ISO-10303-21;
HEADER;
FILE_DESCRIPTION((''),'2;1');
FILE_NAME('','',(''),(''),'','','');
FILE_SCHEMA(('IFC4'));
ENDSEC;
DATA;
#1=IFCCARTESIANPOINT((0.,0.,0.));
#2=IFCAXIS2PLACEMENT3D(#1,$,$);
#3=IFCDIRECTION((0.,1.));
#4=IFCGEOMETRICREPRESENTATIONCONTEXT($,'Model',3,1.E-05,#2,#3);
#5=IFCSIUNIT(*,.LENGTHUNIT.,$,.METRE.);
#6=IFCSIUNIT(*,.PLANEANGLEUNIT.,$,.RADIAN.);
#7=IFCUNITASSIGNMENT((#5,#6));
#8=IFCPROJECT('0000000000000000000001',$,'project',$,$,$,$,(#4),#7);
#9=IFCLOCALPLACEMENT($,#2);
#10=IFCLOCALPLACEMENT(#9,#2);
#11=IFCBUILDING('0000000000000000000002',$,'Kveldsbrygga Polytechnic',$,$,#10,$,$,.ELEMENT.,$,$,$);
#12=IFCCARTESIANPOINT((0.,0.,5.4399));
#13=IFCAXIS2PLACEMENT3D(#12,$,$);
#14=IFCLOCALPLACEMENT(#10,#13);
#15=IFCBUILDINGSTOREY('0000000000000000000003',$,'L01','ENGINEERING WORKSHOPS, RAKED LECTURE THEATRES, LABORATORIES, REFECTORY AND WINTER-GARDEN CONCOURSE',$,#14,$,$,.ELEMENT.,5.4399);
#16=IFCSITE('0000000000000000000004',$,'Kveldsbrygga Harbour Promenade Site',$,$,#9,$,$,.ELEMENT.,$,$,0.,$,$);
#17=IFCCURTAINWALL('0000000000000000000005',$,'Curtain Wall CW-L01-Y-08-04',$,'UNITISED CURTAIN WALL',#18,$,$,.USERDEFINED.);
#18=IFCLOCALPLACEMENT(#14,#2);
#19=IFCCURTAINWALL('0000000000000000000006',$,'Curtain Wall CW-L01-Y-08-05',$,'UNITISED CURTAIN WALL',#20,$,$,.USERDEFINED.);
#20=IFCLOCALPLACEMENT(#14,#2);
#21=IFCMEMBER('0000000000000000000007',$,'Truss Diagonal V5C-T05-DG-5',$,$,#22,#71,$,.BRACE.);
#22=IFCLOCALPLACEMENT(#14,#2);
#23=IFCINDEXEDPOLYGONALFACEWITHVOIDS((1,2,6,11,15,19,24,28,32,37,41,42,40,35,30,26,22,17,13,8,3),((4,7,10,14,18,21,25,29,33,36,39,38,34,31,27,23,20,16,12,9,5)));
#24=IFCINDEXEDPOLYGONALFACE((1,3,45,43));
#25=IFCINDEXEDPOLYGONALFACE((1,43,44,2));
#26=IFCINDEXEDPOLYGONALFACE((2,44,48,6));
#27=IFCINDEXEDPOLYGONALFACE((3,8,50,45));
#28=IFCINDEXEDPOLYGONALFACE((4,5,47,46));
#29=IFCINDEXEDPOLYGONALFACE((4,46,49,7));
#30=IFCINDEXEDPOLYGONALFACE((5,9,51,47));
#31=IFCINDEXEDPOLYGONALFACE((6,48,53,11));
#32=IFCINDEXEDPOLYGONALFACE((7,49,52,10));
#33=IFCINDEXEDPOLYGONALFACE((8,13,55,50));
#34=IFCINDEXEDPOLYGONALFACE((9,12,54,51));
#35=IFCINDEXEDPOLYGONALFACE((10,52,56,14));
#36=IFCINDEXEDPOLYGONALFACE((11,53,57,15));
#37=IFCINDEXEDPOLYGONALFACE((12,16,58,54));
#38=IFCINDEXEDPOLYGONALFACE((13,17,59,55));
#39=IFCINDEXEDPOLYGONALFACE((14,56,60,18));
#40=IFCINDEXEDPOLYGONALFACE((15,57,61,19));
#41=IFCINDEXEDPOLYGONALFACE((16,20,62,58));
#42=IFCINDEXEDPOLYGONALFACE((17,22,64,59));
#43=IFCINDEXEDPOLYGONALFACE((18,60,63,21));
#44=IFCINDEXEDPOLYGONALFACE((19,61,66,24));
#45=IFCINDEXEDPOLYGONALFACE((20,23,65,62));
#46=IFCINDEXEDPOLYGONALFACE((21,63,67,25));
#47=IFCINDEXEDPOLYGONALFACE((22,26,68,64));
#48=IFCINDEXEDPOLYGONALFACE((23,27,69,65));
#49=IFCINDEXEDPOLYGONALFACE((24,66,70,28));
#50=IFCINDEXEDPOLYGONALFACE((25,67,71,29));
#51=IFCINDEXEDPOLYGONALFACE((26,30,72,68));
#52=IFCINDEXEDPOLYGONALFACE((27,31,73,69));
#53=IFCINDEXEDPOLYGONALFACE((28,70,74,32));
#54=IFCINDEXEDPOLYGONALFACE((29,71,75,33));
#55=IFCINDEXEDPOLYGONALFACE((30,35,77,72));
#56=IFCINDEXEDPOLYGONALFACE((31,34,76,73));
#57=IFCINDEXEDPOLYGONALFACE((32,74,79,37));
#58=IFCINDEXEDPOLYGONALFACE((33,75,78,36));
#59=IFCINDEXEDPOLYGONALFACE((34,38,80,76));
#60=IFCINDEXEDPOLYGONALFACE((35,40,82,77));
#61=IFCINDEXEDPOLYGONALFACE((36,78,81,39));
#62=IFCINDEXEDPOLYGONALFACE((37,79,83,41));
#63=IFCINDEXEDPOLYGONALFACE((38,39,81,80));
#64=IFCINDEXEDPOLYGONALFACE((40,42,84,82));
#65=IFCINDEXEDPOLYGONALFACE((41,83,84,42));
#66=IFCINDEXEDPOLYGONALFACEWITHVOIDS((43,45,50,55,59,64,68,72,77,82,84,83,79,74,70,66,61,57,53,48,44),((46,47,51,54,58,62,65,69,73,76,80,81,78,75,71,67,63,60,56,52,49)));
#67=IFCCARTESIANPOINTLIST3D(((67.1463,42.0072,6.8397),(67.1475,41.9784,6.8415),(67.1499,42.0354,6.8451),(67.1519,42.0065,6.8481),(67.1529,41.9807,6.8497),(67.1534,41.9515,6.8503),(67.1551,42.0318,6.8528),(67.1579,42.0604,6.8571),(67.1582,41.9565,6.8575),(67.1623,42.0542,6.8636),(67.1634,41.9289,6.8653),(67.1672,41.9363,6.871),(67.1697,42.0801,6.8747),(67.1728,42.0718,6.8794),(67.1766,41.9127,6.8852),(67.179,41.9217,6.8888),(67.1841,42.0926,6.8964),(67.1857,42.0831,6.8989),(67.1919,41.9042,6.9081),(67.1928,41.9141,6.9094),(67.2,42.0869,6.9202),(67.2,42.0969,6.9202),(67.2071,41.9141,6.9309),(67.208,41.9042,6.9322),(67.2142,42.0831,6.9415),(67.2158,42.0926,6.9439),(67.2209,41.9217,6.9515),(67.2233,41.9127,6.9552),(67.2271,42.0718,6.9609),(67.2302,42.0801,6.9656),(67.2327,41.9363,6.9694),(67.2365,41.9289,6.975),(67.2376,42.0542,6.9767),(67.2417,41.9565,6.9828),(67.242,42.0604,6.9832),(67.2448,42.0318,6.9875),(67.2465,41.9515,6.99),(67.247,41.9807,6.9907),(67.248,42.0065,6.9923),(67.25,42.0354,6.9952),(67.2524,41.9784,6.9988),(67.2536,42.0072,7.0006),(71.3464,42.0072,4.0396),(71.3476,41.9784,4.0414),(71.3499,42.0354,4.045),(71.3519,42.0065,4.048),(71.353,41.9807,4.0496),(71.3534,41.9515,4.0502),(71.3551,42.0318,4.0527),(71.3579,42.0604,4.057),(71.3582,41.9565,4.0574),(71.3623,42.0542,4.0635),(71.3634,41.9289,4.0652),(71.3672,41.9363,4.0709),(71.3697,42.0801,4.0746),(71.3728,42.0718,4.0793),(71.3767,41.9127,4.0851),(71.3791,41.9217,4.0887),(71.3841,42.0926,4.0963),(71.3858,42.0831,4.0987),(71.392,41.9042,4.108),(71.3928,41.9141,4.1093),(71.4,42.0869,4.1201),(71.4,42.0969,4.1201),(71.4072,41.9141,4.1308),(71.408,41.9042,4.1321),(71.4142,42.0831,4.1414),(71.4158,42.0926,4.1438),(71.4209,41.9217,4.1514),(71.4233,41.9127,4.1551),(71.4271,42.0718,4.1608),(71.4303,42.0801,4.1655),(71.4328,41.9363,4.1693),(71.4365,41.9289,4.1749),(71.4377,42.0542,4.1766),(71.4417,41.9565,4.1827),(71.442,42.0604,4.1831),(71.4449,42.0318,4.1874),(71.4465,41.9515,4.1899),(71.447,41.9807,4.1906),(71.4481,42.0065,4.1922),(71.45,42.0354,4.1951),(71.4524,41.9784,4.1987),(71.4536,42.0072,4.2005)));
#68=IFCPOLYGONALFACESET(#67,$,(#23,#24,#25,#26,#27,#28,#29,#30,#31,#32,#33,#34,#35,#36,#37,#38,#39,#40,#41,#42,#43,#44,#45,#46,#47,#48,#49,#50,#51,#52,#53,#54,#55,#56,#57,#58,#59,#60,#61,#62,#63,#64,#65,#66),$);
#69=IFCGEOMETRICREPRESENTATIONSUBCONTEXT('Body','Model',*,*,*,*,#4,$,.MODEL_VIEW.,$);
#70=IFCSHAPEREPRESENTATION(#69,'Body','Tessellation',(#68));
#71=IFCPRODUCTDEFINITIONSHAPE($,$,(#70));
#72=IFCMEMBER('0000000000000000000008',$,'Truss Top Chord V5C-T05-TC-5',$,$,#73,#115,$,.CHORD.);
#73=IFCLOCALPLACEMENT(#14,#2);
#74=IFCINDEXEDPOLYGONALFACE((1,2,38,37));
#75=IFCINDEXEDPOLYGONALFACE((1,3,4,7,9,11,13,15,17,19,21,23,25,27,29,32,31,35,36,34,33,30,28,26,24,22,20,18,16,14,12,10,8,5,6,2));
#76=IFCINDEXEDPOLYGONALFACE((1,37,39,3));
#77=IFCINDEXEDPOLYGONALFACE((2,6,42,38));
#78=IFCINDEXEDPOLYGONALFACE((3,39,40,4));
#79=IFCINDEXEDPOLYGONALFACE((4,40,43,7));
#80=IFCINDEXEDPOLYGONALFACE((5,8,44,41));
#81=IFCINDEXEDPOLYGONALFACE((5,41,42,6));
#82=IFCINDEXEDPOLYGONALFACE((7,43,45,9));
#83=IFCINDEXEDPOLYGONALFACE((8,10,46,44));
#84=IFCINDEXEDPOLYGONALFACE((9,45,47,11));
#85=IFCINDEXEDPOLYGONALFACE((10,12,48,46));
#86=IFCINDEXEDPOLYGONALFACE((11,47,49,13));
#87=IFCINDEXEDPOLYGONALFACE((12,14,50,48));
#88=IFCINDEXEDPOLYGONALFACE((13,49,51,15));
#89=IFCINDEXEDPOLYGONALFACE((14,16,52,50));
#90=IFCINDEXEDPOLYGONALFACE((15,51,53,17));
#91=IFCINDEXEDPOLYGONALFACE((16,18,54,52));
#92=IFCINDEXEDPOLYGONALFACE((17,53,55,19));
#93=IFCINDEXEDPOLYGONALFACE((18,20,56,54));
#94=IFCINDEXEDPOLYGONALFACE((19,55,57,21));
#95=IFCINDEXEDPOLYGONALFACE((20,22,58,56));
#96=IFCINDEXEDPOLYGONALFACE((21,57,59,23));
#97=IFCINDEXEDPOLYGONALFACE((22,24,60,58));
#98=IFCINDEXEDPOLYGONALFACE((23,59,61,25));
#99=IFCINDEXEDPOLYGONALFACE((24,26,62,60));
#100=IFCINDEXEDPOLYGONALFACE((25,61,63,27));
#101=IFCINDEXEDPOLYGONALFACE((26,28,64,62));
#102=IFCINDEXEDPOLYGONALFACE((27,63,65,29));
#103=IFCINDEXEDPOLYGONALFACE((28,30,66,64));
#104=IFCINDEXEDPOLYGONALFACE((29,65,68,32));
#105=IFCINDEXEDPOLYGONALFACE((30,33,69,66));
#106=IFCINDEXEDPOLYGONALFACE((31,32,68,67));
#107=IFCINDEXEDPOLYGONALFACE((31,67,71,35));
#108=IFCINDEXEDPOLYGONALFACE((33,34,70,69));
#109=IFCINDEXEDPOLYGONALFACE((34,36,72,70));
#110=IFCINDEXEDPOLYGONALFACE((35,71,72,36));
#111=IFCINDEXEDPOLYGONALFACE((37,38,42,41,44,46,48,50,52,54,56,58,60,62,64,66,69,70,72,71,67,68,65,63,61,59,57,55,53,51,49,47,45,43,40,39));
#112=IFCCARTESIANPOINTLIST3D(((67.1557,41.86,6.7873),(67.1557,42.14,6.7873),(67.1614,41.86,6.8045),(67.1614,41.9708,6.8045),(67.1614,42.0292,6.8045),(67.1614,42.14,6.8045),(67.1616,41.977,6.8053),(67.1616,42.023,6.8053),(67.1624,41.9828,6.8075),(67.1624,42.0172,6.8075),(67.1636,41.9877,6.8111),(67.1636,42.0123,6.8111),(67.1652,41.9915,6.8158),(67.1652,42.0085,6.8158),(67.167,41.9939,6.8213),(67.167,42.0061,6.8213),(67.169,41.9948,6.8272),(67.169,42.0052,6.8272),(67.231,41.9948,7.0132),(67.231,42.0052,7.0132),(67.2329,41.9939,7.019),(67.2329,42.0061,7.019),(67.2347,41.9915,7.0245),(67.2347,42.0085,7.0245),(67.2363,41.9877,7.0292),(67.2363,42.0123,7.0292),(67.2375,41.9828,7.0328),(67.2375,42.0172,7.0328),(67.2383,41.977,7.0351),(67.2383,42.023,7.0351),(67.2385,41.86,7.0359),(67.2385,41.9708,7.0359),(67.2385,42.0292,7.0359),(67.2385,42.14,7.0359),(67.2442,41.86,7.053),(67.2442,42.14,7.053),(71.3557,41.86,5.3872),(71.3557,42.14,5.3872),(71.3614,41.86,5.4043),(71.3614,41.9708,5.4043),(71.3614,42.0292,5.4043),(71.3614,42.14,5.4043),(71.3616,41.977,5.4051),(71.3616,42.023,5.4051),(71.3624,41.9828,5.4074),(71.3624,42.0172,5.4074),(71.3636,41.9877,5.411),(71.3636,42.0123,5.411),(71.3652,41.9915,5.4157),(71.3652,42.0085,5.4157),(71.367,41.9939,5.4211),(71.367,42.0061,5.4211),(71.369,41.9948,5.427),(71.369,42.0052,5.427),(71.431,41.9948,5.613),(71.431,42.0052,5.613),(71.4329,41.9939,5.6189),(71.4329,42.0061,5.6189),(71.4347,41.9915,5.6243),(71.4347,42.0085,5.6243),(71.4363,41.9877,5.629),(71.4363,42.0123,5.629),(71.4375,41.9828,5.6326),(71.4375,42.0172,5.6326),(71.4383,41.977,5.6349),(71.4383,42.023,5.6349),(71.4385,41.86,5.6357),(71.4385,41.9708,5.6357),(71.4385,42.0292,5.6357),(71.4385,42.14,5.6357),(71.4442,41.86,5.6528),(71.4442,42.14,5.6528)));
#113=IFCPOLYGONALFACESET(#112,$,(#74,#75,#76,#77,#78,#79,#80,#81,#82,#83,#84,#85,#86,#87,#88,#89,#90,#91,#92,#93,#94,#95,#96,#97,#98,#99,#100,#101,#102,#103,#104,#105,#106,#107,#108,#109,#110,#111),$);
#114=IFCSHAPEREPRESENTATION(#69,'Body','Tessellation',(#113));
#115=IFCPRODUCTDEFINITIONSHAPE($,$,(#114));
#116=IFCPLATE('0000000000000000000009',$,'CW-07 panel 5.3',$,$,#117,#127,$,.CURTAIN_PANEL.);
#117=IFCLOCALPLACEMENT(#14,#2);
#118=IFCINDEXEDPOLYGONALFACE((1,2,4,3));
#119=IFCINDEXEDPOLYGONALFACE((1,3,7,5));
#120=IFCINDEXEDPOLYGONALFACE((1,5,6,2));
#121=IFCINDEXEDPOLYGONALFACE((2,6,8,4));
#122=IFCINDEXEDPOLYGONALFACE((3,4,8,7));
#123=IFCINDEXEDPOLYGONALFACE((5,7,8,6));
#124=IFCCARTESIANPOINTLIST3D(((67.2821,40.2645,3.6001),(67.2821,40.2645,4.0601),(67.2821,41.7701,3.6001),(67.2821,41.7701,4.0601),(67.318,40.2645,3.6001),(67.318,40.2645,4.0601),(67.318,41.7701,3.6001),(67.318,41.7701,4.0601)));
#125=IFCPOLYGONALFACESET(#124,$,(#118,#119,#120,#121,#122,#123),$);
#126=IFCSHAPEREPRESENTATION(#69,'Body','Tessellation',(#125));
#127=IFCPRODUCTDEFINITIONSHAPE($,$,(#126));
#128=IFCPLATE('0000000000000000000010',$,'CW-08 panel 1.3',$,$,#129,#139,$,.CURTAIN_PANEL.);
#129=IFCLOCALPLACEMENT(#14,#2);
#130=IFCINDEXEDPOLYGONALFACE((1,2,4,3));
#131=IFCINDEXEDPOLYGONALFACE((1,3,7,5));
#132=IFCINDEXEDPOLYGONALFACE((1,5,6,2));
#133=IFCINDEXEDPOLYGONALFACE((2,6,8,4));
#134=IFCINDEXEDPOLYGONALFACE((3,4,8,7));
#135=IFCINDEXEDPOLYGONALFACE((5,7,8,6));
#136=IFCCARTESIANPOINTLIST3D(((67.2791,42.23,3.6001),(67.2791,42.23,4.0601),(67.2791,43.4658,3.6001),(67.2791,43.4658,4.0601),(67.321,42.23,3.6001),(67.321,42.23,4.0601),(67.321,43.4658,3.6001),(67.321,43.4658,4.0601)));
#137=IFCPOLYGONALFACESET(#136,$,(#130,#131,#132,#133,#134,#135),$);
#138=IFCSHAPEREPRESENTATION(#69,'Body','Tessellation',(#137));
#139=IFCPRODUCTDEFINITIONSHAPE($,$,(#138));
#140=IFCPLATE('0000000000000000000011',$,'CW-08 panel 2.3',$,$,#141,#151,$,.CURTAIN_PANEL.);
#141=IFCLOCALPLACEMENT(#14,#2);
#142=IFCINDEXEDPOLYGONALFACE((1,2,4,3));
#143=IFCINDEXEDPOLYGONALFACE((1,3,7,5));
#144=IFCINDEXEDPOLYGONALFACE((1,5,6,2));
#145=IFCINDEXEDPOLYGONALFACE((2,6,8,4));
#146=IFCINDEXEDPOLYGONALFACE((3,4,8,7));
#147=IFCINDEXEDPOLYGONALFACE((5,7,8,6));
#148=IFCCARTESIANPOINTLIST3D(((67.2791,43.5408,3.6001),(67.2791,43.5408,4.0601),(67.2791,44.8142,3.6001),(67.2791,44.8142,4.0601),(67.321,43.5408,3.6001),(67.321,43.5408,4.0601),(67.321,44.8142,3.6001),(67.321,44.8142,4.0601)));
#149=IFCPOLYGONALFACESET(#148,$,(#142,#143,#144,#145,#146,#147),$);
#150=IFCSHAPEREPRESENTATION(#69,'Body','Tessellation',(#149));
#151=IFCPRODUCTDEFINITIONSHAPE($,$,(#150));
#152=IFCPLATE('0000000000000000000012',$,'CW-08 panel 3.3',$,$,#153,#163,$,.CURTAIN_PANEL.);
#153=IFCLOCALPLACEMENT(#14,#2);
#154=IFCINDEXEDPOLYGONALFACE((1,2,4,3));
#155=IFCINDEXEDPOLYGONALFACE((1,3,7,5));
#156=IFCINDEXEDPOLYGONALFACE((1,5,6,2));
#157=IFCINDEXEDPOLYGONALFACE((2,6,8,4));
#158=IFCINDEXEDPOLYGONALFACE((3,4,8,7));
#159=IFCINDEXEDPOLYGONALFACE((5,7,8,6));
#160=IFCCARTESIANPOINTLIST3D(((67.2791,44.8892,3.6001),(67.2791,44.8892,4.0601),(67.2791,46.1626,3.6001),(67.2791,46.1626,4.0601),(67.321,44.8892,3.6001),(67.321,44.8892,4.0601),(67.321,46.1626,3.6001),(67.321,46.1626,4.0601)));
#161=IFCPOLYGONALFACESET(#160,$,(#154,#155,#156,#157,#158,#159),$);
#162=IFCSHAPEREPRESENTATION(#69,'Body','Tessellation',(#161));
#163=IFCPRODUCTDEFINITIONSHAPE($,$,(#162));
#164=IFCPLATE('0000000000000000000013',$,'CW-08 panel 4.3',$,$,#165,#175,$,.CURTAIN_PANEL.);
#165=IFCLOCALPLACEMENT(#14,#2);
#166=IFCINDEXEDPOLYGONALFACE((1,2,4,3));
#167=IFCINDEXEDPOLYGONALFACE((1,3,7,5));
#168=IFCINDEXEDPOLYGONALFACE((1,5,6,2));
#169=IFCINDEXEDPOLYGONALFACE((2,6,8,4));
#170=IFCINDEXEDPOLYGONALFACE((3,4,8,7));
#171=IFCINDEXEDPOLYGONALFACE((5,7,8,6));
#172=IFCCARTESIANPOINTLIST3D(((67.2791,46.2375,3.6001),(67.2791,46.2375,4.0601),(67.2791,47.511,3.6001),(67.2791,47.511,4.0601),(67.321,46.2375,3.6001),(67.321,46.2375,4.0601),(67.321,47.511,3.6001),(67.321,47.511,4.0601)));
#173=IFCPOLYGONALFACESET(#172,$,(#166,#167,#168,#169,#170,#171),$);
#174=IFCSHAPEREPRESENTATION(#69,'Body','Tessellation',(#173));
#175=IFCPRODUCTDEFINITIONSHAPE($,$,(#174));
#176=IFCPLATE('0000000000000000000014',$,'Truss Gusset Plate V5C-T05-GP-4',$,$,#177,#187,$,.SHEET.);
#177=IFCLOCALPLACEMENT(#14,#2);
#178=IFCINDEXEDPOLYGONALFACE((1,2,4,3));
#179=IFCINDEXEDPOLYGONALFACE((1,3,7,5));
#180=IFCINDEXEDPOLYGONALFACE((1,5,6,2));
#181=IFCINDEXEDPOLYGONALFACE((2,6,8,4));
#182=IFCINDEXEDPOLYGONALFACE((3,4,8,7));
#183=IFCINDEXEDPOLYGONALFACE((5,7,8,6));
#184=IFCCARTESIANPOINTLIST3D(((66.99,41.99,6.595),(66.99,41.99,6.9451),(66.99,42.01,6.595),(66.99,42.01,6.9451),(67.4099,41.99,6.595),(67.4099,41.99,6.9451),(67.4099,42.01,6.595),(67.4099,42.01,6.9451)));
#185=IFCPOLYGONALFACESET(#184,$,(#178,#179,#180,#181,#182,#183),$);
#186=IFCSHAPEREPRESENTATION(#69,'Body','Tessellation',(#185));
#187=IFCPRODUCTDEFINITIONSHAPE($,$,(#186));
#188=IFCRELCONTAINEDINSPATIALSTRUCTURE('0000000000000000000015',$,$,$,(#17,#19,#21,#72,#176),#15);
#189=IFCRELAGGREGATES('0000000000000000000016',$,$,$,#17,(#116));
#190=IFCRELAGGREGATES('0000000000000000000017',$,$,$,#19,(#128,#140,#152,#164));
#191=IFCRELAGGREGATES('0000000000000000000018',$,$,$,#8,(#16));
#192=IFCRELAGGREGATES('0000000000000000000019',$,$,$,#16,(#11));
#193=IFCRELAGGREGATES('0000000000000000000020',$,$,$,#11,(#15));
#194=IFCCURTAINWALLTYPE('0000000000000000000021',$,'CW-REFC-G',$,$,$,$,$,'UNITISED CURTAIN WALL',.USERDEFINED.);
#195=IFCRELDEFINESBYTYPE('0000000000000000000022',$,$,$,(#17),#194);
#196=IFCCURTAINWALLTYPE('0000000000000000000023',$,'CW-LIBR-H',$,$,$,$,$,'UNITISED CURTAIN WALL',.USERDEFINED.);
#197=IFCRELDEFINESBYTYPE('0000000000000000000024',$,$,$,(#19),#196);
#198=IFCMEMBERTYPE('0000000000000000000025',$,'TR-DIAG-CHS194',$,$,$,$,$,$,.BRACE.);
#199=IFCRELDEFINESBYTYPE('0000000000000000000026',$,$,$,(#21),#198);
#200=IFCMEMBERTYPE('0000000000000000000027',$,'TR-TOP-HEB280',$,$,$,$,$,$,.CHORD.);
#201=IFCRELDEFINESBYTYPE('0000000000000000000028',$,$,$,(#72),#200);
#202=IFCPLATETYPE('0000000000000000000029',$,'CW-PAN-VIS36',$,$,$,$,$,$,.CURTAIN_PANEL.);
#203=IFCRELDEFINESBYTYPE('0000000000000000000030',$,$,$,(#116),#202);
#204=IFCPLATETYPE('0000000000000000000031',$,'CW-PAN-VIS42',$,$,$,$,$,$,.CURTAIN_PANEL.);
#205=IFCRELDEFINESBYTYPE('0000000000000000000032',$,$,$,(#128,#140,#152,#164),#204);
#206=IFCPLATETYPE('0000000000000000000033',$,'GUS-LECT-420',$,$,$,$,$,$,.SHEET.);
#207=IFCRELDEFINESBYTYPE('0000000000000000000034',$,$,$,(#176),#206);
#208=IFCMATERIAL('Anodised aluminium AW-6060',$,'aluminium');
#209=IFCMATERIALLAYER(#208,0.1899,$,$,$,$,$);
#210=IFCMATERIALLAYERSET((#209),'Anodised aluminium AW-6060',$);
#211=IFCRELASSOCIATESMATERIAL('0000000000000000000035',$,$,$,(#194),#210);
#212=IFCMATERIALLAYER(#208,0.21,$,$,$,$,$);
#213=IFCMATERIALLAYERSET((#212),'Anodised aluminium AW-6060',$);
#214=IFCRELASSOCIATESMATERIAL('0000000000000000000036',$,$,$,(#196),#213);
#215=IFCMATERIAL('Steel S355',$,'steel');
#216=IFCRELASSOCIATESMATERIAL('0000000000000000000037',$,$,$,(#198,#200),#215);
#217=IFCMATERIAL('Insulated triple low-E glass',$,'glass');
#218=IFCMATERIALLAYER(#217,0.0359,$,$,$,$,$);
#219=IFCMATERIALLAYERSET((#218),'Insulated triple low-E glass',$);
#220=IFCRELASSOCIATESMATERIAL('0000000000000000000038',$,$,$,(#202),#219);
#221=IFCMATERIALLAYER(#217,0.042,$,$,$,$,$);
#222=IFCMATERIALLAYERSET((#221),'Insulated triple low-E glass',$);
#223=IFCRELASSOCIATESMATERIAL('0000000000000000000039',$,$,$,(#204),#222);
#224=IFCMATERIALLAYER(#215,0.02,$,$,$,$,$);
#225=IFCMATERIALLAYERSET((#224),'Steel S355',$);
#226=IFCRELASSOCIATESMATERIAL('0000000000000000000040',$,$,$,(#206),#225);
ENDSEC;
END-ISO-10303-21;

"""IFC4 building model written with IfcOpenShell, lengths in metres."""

from ifc_helpers import new_model, si_unit, direction, frame, origin, origin_2d, place, context, subcontext, project, spatial, rectangle, hollow_circle, i_section, extrude, material, layer, layer_set, material_profile, profile_set, type_object, element, aggregate, save


model = new_model("IFC4")

# Units and contexts
model_context = context("Model", 3, precision=1e-05, world=origin(), true_north=direction((0.0, 1.0)))
body_context = subcontext(model_context, "Body", "Model", "MODEL_VIEW")
ifc_project = project(units=[si_unit("LENGTHUNIT", "METRE"), si_unit("PLANEANGLEUNIT", "RADIAN")], contexts=[model_context])

# Site, building, storey
site_placement = place(None, origin())
site = spatial("IfcSite", under=ifc_project, at=site_placement, Name="Kveldsbrygga Harbour Promenade Site", CompositionType="ELEMENT", RefElevation=0.0)
building_placement = place(site_placement, origin())
building = spatial("IfcBuilding", under=site, at=building_placement, Name="Kveldsbrygga Polytechnic", CompositionType="ELEMENT")
storey_placement = place(building_placement, frame((0.0, 0.0, 5.4399)))
storey = spatial("IfcBuildingStorey", under=building, at=storey_placement, Name="L01", Description="ENGINEERING WORKSHOPS, RAKED LECTURE THEATRES, LABORATORIES, REFECTORY AND WINTER-GARDEN CONCOURSE", CompositionType="ELEMENT", Elevation=5.4399)

# Curtain walls
ifc_material_1 = material(Name="Anodised aluminium AW-6060", Category="aluminium")
ifc_layer_1 = layer(ifc_material_1, 0.1899)
ifc_layer_set_1 = layer_set([ifc_layer_1], Name="Anodised aluminium AW-6060")
curtain_wall_type_1 = type_object("IfcCurtainWallType", Name="CW-REFC-G", ElementType="UNITISED CURTAIN WALL", PredefinedType="USERDEFINED", material=ifc_layer_set_1)
curtain_wall_1_placement = place(storey_placement, origin())
curtain_wall_1 = element("IfcCurtainWall", 1, at=curtain_wall_1_placement, inside=storey, type_object=curtain_wall_type_1, Name="Curtain Wall CW-L01-Y-08-04", ObjectType="UNITISED CURTAIN WALL", PredefinedType="USERDEFINED")
ifc_layer_2 = layer(ifc_material_1, 0.21)
ifc_layer_set_2 = layer_set([ifc_layer_2], Name="Anodised aluminium AW-6060")
curtain_wall_type_2 = type_object("IfcCurtainWallType", Name="CW-LIBR-H", ElementType="UNITISED CURTAIN WALL", PredefinedType="USERDEFINED", material=ifc_layer_set_2)
curtain_wall_2_placement = place(storey_placement, origin())
curtain_wall_2 = element("IfcCurtainWall", 2, at=curtain_wall_2_placement, inside=storey, type_object=curtain_wall_type_2, Name="Curtain Wall CW-L01-Y-08-05", ObjectType="UNITISED CURTAIN WALL", PredefinedType="USERDEFINED")

# Members
ifc_material_2 = material(Name="Steel S355", Category="steel")
ifc_material_profile_1 = material_profile(ifc_material_2, hollow_circle(Radius=0.0969, WallThickness=0.01, at=origin_2d()), Name="CHS 193.7x10.0")
ifc_profile_set_1 = profile_set([ifc_material_profile_1], Name="Steel S355")
member_type_1 = type_object("IfcMemberType", Name="TR-DIAG-CHS194", PredefinedType="BRACE", material=ifc_profile_set_1)
member_1_placement = place(storey_placement, frame((67.2, 42.0, 6.9202), z_axis=(0.832043, 0.0, -0.554711), x_axis=(0.0, 1.0, 0.0)))
element("IfcMember", 3, at=member_1_placement, inside=storey, type_object=member_type_1, Name="Truss Diagonal V5C-T05-DG-5", PredefinedType="BRACE", context=body_context, shape_type="SweptSolid", body=[
    extrude(hollow_circle(Radius=0.0969, WallThickness=0.01, at=origin_2d()), origin(), (0.0, 0.0, 1.0), 5.0479),
])
ifc_material_profile_2 = material_profile(ifc_material_2, i_section(OverallWidth=0.28, OverallDepth=0.28, WebThickness=0.0105, FlangeThickness=0.0181, FilletRadius=0.0239, at=origin_2d()), Name="HEB 280")
ifc_profile_set_2 = profile_set([ifc_material_profile_2], Name="Steel S355")
member_type_2 = type_object("IfcMemberType", Name="TR-TOP-HEB280", PredefinedType="CHORD", material=ifc_profile_set_2)
member_2_placement = place(storey_placement, frame((67.2, 42.0, 6.9202), z_axis=(0.948672, 0.0, -0.316261), x_axis=(0.0, 1.0, 0.0)))
element("IfcMember", 4, at=member_2_placement, inside=storey, type_object=member_type_2, Name="Truss Top Chord V5C-T05-TC-5", PredefinedType="CHORD", context=body_context, shape_type="SweptSolid", body=[
    extrude(i_section(OverallWidth=0.28, OverallDepth=0.28, WebThickness=0.0105, FlangeThickness=0.0181, FilletRadius=0.0239, at=origin_2d()), origin(), (0.0, 0.0, 1.0), 4.4272),
])

# Plates
ifc_material_3 = material(Name="Insulated triple low-E glass", Category="glass")
ifc_layer_3 = layer(ifc_material_3, 0.0359)
ifc_layer_set_3 = layer_set([ifc_layer_3], Name="Insulated triple low-E glass")
plate_type_1 = type_object("IfcPlateType", Name="CW-PAN-VIS36", PredefinedType="CURTAIN_PANEL", material=ifc_layer_set_3)
plate_1_placement = place(storey_placement, frame((67.3, 41.0173, 3.6001), z_axis=(0.0, 0.0, 1.0), x_axis=(0.0, 1.0, 0.0)))
plate_1 = element("IfcPlate", 5, at=plate_1_placement, type_object=plate_type_1, Name="CW-07 panel 5.3", PredefinedType="CURTAIN_PANEL", context=body_context, shape_type="SweptSolid", body=[
    extrude(rectangle(XDim=1.5056, YDim=0.0359, at=origin_2d()), origin(), (0.0, 0.0, 1.0), 0.46),
])
aggregate(curtain_wall_1, [plate_1])
ifc_layer_4 = layer(ifc_material_3, 0.042)
ifc_layer_set_4 = layer_set([ifc_layer_4], Name="Insulated triple low-E glass")
plate_type_2 = type_object("IfcPlateType", Name="CW-PAN-VIS42", PredefinedType="CURTAIN_PANEL", material=ifc_layer_set_4)
plate_2_placement = place(storey_placement, frame((67.3, 42.8479, 3.6001), z_axis=(0.0, 0.0, 1.0), x_axis=(0.0, 1.0, 0.0)))
plate_2 = element("IfcPlate", 6, at=plate_2_placement, type_object=plate_type_2, Name="CW-08 panel 1.3", PredefinedType="CURTAIN_PANEL", context=body_context, shape_type="SweptSolid", body=[
    extrude(rectangle(XDim=1.2358, YDim=0.042, at=origin_2d()), origin(), (0.0, 0.0, 1.0), 0.46),
])
plate_3_placement = place(storey_placement, frame((67.3, 44.1775, 3.6001), z_axis=(0.0, 0.0, 1.0), x_axis=(0.0, 1.0, 0.0)))
plate_3 = element("IfcPlate", 7, at=plate_3_placement, type_object=plate_type_2, Name="CW-08 panel 2.3", PredefinedType="CURTAIN_PANEL", context=body_context, shape_type="SweptSolid", body=[
    extrude(rectangle(XDim=1.2734, YDim=0.042, at=origin_2d()), origin(), (0.0, 0.0, 1.0), 0.46),
])
plate_4_placement = place(storey_placement, frame((67.3, 45.5259, 3.6001), z_axis=(0.0, 0.0, 1.0), x_axis=(0.0, 1.0, 0.0)))
plate_4 = element("IfcPlate", 8, at=plate_4_placement, type_object=plate_type_2, Name="CW-08 panel 3.3", PredefinedType="CURTAIN_PANEL", context=body_context, shape_type="SweptSolid", body=[
    extrude(rectangle(XDim=1.2734, YDim=0.042, at=origin_2d()), origin(), (0.0, 0.0, 1.0), 0.46),
])
plate_5_placement = place(storey_placement, frame((67.3, 46.8743, 3.6001), z_axis=(0.0, 0.0, 1.0), x_axis=(0.0, 1.0, 0.0)))
plate_5 = element("IfcPlate", 9, at=plate_5_placement, type_object=plate_type_2, Name="CW-08 panel 4.3", PredefinedType="CURTAIN_PANEL", context=body_context, shape_type="SweptSolid", body=[
    extrude(rectangle(XDim=1.2734, YDim=0.042, at=origin_2d()), origin(), (0.0, 0.0, 1.0), 0.46),
])
aggregate(curtain_wall_2, [plate_2, plate_3, plate_4, plate_5])
ifc_layer_5 = layer(ifc_material_2, 0.02)
ifc_layer_set_5 = layer_set([ifc_layer_5], Name="Steel S355")
plate_type_3 = type_object("IfcPlateType", Name="GUS-LECT-420", PredefinedType="SHEET", material=ifc_layer_set_5)
plate_6_placement = place(storey_placement, frame((67.2, 42.0, 6.595), z_axis=(0.0, 0.0, 1.0), x_axis=(1.0, 0.0, 0.0)))
element("IfcPlate", 10, at=plate_6_placement, inside=storey, type_object=plate_type_3, Name="Truss Gusset Plate V5C-T05-GP-4", PredefinedType="SHEET", context=body_context, shape_type="SweptSolid", body=[
    extrude(rectangle(XDim=0.4199, YDim=0.02, at=origin_2d()), origin(), (0.0, 0.0, 1.0), 0.3501),
])

save(model, "model.ifc")
